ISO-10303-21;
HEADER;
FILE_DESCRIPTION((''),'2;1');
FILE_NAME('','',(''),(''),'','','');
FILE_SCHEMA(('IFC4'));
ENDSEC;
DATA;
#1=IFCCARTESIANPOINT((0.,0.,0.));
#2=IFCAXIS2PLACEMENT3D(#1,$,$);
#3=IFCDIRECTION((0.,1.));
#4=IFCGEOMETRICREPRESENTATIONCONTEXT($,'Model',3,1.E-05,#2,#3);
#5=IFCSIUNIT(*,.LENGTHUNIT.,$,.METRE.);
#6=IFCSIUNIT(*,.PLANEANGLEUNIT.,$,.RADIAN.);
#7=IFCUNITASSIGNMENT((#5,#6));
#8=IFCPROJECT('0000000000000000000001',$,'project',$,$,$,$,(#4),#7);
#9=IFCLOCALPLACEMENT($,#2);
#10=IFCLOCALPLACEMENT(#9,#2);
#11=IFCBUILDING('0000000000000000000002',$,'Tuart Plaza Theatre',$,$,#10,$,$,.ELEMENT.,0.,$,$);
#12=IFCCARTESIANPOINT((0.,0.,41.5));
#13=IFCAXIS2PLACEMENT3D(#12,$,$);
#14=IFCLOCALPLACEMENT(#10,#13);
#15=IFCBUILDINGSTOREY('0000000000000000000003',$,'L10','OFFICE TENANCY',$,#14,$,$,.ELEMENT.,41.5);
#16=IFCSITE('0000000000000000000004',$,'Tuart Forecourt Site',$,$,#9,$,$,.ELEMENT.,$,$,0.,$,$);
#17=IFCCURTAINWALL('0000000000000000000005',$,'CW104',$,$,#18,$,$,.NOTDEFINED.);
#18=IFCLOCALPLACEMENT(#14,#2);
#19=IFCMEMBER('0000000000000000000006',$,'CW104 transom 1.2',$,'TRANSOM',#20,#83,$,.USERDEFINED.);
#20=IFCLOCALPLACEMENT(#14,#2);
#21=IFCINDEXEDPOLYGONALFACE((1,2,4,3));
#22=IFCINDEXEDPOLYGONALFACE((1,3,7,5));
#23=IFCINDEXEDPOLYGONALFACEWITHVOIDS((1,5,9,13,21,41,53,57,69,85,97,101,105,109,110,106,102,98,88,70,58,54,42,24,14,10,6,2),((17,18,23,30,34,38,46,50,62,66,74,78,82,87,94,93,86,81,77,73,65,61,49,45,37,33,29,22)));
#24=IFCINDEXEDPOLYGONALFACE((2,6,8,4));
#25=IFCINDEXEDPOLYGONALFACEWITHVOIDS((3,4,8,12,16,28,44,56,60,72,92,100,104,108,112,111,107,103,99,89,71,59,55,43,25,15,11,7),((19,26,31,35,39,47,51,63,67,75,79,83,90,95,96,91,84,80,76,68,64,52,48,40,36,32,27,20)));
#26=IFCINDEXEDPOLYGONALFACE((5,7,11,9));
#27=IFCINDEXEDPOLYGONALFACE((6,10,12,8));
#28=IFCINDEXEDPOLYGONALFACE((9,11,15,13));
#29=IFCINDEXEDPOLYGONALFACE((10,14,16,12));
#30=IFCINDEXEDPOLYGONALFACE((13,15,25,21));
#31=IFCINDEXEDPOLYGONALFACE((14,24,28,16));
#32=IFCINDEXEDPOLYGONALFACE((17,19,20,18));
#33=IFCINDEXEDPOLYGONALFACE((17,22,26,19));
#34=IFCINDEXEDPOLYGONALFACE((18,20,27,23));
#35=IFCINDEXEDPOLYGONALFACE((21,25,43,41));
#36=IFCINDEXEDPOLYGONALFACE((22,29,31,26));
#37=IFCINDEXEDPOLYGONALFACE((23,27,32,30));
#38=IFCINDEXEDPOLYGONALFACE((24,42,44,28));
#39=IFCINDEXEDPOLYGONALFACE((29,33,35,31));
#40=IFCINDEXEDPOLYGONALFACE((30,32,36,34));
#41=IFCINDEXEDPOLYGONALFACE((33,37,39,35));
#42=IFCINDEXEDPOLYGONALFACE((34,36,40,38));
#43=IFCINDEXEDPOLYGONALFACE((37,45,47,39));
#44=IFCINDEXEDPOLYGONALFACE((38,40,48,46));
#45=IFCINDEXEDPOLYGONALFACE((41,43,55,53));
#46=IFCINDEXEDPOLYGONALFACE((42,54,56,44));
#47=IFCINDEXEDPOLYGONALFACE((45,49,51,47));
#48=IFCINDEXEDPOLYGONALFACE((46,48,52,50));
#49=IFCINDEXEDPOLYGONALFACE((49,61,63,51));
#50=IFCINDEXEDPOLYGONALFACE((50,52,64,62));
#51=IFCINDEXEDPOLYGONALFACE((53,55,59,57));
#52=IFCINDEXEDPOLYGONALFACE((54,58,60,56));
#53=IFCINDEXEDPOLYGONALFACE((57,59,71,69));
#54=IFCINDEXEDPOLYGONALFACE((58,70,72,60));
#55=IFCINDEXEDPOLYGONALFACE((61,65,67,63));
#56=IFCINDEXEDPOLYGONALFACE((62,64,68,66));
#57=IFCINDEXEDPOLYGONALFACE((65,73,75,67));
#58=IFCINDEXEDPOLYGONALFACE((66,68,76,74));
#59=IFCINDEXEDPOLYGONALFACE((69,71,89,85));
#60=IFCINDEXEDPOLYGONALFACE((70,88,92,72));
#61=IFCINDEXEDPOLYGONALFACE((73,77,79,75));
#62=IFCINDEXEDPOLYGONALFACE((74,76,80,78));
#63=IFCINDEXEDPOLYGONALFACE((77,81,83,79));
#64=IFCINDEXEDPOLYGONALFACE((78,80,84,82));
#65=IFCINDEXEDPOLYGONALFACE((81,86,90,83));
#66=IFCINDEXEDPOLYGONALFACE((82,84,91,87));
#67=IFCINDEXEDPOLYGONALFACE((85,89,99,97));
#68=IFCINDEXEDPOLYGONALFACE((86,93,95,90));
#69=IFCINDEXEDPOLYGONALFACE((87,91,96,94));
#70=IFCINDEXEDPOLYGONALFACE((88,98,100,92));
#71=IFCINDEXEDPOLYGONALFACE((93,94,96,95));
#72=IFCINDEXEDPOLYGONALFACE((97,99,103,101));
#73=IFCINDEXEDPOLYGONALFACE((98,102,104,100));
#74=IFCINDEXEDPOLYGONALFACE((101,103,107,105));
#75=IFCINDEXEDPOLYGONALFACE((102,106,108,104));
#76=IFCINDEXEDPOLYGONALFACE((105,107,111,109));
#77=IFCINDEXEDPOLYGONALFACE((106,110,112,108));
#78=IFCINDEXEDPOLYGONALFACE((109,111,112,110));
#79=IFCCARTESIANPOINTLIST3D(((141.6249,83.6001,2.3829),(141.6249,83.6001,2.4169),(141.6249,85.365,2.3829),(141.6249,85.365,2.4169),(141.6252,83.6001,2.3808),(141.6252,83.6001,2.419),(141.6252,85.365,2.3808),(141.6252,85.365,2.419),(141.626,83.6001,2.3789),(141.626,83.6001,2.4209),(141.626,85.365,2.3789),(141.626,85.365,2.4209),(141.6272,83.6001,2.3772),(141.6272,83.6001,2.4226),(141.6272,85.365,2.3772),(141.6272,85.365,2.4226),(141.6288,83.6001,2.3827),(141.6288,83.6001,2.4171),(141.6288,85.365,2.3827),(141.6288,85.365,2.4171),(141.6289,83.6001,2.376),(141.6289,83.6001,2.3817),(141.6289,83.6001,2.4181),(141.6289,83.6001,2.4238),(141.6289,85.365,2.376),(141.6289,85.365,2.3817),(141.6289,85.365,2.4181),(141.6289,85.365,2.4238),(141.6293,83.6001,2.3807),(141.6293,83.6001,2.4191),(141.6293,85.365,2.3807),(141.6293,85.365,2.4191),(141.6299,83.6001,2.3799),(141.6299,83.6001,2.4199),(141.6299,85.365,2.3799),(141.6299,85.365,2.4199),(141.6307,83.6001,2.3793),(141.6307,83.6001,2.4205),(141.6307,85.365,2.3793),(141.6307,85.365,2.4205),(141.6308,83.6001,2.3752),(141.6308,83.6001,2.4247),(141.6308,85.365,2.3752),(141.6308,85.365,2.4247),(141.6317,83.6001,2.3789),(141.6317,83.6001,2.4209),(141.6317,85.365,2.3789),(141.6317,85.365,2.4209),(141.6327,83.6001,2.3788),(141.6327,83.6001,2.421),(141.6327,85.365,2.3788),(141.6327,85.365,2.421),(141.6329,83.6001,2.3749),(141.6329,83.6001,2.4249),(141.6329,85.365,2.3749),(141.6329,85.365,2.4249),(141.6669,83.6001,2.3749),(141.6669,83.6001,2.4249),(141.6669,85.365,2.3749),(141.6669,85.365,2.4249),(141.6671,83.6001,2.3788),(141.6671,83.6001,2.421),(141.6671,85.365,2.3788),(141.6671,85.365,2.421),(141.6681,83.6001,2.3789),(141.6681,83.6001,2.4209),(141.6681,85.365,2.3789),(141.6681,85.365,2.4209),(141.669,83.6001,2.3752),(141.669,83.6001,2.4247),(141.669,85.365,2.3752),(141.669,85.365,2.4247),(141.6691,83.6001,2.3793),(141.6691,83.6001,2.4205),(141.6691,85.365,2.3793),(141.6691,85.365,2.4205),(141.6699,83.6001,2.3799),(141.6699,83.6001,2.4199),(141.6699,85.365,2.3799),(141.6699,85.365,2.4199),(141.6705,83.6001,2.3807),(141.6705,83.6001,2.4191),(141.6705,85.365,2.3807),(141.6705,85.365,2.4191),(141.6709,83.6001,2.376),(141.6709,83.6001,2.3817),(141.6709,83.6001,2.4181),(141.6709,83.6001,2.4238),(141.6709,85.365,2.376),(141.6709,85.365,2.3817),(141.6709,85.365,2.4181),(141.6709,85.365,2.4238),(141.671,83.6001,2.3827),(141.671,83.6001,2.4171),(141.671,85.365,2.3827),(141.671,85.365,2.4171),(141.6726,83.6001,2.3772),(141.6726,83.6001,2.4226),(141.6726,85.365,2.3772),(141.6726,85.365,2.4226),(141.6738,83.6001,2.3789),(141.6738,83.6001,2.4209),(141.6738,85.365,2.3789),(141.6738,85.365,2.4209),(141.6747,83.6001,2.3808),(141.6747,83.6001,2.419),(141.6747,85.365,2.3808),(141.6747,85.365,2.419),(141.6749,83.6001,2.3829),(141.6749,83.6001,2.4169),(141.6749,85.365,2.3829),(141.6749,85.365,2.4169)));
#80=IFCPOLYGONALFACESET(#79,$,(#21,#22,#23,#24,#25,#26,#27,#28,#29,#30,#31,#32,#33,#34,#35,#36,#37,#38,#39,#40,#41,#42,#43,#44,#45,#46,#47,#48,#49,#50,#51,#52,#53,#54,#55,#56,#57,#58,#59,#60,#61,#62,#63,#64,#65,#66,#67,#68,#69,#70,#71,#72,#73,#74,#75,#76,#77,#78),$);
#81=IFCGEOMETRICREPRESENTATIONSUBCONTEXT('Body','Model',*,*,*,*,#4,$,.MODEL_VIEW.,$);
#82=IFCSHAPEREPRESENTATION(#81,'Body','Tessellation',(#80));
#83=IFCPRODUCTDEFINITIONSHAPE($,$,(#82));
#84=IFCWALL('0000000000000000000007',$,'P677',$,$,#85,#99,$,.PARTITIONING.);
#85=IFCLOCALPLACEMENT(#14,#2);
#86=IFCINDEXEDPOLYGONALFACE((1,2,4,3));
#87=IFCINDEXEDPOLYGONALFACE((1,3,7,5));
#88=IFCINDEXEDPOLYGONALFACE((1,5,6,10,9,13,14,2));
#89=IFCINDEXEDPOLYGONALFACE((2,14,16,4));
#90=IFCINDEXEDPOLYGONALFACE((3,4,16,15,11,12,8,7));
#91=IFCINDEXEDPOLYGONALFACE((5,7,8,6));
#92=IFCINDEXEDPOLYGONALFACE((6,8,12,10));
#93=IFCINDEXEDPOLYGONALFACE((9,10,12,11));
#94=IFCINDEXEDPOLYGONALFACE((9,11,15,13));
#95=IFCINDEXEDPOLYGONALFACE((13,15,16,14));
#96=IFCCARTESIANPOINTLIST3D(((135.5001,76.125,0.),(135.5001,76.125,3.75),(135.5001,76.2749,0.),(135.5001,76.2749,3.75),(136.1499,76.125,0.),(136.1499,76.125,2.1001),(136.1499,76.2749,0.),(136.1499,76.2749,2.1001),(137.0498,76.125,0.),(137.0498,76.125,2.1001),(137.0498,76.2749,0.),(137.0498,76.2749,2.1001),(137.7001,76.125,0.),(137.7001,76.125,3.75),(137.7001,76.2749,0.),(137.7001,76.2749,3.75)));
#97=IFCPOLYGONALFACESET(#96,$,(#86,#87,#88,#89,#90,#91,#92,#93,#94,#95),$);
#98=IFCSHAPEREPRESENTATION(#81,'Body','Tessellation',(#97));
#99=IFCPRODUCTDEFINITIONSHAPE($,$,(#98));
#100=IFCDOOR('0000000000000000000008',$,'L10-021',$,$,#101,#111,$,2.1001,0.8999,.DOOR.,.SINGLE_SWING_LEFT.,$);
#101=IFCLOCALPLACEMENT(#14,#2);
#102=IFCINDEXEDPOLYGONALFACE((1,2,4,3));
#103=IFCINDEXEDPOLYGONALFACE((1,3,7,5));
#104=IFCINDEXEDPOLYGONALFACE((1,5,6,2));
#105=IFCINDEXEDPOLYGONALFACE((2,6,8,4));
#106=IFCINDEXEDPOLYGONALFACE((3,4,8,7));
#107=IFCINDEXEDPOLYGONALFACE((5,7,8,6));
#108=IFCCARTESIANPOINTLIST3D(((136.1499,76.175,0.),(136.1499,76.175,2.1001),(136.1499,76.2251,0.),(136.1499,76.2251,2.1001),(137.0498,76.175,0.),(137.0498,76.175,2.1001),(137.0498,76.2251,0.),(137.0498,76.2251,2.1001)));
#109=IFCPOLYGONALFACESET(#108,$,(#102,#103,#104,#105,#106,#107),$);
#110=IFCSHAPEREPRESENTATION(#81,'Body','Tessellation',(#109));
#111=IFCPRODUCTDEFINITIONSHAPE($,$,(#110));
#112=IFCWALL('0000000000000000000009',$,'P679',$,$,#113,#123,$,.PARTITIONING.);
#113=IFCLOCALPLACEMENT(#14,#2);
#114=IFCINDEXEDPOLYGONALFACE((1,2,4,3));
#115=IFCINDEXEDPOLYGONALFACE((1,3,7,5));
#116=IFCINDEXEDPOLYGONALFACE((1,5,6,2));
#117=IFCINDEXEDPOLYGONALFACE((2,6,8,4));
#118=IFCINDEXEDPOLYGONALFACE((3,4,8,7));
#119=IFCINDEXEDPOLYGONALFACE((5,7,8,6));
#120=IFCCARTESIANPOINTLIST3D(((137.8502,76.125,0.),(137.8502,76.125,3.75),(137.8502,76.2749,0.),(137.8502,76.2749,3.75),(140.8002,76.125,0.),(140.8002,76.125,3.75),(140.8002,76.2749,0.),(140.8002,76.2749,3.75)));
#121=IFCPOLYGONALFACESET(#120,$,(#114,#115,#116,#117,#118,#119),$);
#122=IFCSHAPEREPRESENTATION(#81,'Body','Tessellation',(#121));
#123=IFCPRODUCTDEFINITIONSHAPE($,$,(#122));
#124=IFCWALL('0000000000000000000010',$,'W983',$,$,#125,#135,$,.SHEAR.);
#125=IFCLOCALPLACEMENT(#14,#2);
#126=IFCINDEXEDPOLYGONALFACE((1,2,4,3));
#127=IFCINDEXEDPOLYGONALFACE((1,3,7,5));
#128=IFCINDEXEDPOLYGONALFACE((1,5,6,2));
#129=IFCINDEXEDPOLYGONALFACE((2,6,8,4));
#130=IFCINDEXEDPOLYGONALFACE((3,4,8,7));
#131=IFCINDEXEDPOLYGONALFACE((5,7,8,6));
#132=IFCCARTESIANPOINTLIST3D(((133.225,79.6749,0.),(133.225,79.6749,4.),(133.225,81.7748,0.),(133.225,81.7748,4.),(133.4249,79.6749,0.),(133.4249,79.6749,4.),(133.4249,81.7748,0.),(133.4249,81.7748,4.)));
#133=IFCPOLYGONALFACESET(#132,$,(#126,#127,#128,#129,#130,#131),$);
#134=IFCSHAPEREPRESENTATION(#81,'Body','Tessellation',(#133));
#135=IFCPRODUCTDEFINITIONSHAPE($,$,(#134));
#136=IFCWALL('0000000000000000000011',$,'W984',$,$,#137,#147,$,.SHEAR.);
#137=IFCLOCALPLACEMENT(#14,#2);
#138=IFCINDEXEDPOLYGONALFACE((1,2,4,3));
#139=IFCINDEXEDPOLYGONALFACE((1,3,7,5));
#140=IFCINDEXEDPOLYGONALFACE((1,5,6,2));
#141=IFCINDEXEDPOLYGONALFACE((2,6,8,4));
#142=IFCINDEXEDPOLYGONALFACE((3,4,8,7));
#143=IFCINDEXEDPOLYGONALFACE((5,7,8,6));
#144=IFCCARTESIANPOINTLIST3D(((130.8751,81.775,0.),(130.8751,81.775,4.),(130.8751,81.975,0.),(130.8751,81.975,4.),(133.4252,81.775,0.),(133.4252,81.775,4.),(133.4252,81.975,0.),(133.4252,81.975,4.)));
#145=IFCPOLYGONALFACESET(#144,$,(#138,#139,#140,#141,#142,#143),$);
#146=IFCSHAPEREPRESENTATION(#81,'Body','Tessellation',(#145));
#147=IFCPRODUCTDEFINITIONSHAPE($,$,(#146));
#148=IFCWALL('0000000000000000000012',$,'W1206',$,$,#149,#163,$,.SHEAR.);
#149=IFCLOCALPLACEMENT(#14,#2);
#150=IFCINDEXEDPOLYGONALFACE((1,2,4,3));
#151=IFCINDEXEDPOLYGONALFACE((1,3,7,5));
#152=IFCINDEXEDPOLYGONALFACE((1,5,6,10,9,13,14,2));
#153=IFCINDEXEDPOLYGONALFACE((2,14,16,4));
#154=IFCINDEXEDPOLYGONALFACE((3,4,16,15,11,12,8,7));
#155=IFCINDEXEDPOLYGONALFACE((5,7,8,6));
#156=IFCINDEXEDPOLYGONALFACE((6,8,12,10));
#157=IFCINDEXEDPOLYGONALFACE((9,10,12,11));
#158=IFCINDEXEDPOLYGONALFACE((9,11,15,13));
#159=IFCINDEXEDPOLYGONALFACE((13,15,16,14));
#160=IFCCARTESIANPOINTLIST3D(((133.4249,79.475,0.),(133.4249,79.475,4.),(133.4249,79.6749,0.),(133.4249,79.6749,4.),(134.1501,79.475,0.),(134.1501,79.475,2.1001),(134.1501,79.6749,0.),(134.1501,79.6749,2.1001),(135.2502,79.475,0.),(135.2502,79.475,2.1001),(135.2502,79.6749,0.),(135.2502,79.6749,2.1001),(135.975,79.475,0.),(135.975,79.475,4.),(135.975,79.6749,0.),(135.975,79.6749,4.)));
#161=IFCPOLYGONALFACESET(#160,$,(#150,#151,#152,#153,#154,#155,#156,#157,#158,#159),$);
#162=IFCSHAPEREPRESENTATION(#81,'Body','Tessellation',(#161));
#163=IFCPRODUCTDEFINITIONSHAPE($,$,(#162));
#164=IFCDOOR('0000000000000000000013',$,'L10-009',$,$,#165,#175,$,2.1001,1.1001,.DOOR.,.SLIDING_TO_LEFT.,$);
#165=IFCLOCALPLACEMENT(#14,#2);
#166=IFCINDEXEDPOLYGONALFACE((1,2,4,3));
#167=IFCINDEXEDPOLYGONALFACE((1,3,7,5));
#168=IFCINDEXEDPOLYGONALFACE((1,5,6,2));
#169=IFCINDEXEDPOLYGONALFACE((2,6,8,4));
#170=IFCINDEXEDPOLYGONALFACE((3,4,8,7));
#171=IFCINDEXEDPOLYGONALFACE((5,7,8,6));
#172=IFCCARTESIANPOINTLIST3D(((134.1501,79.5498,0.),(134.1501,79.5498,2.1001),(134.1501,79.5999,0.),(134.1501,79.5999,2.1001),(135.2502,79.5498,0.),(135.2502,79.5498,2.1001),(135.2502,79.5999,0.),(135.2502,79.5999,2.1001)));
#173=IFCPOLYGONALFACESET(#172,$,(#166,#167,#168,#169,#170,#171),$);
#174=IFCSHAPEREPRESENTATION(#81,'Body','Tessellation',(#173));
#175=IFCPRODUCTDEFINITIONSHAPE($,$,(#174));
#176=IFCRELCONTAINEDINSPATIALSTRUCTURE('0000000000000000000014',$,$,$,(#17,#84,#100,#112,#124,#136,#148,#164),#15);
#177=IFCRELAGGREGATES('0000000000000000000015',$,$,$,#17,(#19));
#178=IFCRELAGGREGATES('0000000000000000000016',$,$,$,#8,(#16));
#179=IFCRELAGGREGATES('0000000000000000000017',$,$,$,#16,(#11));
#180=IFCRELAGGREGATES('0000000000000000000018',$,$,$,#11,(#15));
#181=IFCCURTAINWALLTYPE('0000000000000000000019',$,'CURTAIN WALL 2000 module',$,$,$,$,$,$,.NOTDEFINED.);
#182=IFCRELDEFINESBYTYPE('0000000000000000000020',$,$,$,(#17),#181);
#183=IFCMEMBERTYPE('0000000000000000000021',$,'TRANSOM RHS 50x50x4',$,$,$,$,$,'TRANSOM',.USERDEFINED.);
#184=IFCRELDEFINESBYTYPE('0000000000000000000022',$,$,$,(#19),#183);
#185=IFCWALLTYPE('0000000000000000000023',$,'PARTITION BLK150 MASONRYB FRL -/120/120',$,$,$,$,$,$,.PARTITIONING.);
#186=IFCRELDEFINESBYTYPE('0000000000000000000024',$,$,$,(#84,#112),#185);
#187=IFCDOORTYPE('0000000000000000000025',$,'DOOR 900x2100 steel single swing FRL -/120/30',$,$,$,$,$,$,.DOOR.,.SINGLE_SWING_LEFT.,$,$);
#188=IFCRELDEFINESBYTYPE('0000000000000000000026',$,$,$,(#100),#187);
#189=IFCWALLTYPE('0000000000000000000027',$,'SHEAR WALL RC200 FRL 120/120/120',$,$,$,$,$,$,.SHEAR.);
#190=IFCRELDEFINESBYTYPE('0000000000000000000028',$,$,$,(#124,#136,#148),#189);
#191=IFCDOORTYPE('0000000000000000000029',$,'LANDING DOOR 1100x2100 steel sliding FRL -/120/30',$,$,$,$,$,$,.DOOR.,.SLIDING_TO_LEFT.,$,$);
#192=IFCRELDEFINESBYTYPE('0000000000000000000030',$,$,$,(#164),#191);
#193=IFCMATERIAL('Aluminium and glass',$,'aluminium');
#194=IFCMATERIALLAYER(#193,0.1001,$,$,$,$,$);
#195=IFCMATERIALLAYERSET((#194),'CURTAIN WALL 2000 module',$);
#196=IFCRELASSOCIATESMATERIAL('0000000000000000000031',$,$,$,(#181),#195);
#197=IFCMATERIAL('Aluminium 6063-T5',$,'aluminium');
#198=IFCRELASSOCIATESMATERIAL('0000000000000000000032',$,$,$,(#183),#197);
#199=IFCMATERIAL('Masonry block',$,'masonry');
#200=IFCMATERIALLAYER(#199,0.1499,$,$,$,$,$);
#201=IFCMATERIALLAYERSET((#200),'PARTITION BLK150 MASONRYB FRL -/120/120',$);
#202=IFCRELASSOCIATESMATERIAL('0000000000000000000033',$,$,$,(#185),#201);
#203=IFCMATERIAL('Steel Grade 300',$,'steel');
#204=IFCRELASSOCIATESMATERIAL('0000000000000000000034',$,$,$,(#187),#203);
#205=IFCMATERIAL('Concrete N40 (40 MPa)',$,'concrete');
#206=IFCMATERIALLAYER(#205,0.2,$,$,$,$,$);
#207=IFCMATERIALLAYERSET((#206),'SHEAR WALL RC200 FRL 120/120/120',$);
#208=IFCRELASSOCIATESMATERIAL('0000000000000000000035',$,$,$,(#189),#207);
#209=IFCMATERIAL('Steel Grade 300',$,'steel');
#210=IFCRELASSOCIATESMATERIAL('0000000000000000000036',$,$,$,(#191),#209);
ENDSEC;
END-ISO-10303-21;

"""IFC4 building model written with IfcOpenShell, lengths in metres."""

from ifc_helpers import new_model, si_unit, direction, frame, frame_2d, origin, origin_2d, place, context, subcontext, project, spatial, rectangle, hollow_rectangle, extrude, material, layer, layer_set, material_profile, profile_set, type_object, element, fill, aggregate, save


model = new_model("IFC4")

# Units and contexts
model_context = context("Model", 3, precision=1e-05, world=origin(), true_north=direction((0.0, 1.0)))
body_context = subcontext(model_context, "Body", "Model", "MODEL_VIEW")
ifc_project = project(units=[si_unit("LENGTHUNIT", "METRE"), si_unit("PLANEANGLEUNIT", "RADIAN")], contexts=[model_context])

# Site, building, storey
site_placement = place(None, origin())
site = spatial("IfcSite", under=ifc_project, at=site_placement, Name="Tuart Forecourt Site", CompositionType="ELEMENT", RefElevation=0.0)
building_placement = place(site_placement, origin())
building = spatial("IfcBuilding", under=site, at=building_placement, Name="Tuart Plaza Theatre", CompositionType="ELEMENT", ElevationOfRefHeight=0.0)
storey_placement = place(building_placement, frame((0.0, 0.0, 41.5)))
storey = spatial("IfcBuildingStorey", under=building, at=storey_placement, Name="L10", Description="OFFICE TENANCY", CompositionType="ELEMENT", Elevation=41.5)

# Curtain wall, member
ifc_material_1 = material(Name="Aluminium and glass", Category="aluminium")
ifc_layer_1 = layer(ifc_material_1, 0.1001)
ifc_layer_set_1 = layer_set([ifc_layer_1], Name="CURTAIN WALL 2000 module")
curtain_wall_type = type_object("IfcCurtainWallType", Name="CURTAIN WALL 2000 module", PredefinedType="NOTDEFINED", material=ifc_layer_set_1)
curtain_wall_placement = place(storey_placement, origin())
curtain_wall = element("IfcCurtainWall", 1, at=curtain_wall_placement, inside=storey, type_object=curtain_wall_type, Name="CW104", PredefinedType="NOTDEFINED")
ifc_material_2 = material(Name="Aluminium 6063-T5", Category="aluminium")
ifc_material_profile_1 = material_profile(ifc_material_2, hollow_rectangle(XDim=0.05, YDim=0.05, WallThickness=0.0039, InnerFilletRadius=0.0039, OuterFilletRadius=0.0081, at=origin_2d()), Name="RHS 50x50x4")
ifc_profile_set_1 = profile_set([ifc_material_profile_1], Name="Aluminium 6063-T5")
member_type_1 = type_object("IfcMemberType", Name="TRANSOM RHS 50x50x4", ElementType="TRANSOM", PredefinedType="USERDEFINED", material=ifc_profile_set_1)
member_1_placement = place(storey_placement, frame((141.6499, 83.6001, 2.3999), z_axis=(0.0, 1.0, 0.0), x_axis=(-1.0, 0.0, 0.0)))
member_1 = element("IfcMember", 2, at=member_1_placement, type_object=member_type_1, Name="CW104 transom 1.2", ObjectType="TRANSOM", PredefinedType="USERDEFINED", context=body_context, shape_type="SweptSolid", body=[
    extrude(hollow_rectangle(XDim=0.05, YDim=0.05, WallThickness=0.0039, InnerFilletRadius=0.0039, OuterFilletRadius=0.0081, at=origin_2d()), origin(), (0.0, 0.0, 1.0), 1.7649),
])
aggregate(curtain_wall, [member_1])

# Wall, opening, door
ifc_material_3 = material(Name="Masonry block", Category="masonry")
ifc_layer_2 = layer(ifc_material_3, 0.1499)
ifc_layer_set_2 = layer_set([ifc_layer_2], Name="PARTITION BLK150 MASONRYB FRL -/120/120")
wall_type_1 = type_object("IfcWallType", Name="PARTITION BLK150 MASONRYB FRL -/120/120", PredefinedType="PARTITIONING", material=ifc_layer_set_2)
wall_1_placement = place(storey_placement, frame((135.5, 76.2, 0.0), z_axis=(0.0, 0.0, 1.0), x_axis=(1.0, 0.0, 0.0)))
wall_1 = element("IfcWall", 3, at=wall_1_placement, inside=storey, type_object=wall_type_1, Name="P677", PredefinedType="PARTITIONING", context=body_context, shape_type="SweptSolid", body=[
    extrude(rectangle(XDim=2.2, YDim=0.1499, at=frame_2d((1.1001, 0.0))), origin(), (0.0, 0.0, 1.0), 3.75),
])
opening_1_placement = place(wall_1_placement, frame((0.6499, 0.0, 0.0)))
opening_1 = element("IfcOpeningElement", 4, at=opening_1_placement, cuts=wall_1, PredefinedType="OPENING", context=body_context, shape_type="SweptSolid", body=[
    extrude(rectangle(XDim=0.8999, YDim=2.1001, at=frame_2d((0.45, 1.05))), frame((0.0, 0.085, 0.0), z_axis=(0.0, -1.0, 0.0), x_axis=(1.0, 0.0, 0.0)), (0.0, 0.0, 1.0), 0.1699),
])
ifc_material_4 = material(Name="Steel Grade 300", Category="steel")
door_type_1 = type_object("IfcDoorType", Name="DOOR 900x2100 steel single swing FRL -/120/30", OperationType="SINGLE_SWING_LEFT", PredefinedType="DOOR", material=ifc_material_4)
door_1_placement = place(opening_1_placement, frame((0.8999, 0.0, 0.0), z_axis=(0.0, 0.0, 1.0), x_axis=(-1.0, 0.0, 0.0)))
door_1 = element("IfcDoor", 5, at=door_1_placement, inside=storey, type_object=door_type_1, Name="L10-021", OperationType="SINGLE_SWING_LEFT", OverallHeight=2.1001, OverallWidth=0.8999, PredefinedType="DOOR", context=body_context, shape_type="SweptSolid", body=[
    extrude(rectangle(XDim=0.8999, YDim=2.1001, at=frame_2d((0.45, 1.05))), frame((0.0, 0.0249, 0.0), z_axis=(0.0, -1.0, 0.0), x_axis=(1.0, 0.0, 0.0)), (0.0, 0.0, 1.0), 0.05),
])
fill(opening_1, door_1)

# Walls
wall_2_placement = place(storey_placement, frame((137.8501, 76.2, 0.0), z_axis=(0.0, 0.0, 1.0), x_axis=(1.0, 0.0, 0.0)))
element("IfcWall", 6, at=wall_2_placement, inside=storey, type_object=wall_type_1, Name="P679", PredefinedType="PARTITIONING", context=body_context, shape_type="SweptSolid", body=[
    extrude(rectangle(XDim=2.95, YDim=0.1499, at=frame_2d((1.4751, 0.0))), origin(), (0.0, 0.0, 1.0), 3.75),
])
ifc_material_5 = material(Name="Concrete N40 (40 MPa)", Category="concrete")
ifc_layer_3 = layer(ifc_material_5, 0.2)
ifc_layer_set_3 = layer_set([ifc_layer_3], Name="SHEAR WALL RC200 FRL 120/120/120")
wall_type_2 = type_object("IfcWallType", Name="SHEAR WALL RC200 FRL 120/120/120", PredefinedType="SHEAR", material=ifc_layer_set_3)
wall_3_placement = place(storey_placement, frame((133.325, 79.675, 0.0), z_axis=(0.0, 0.0, 1.0), x_axis=(0.0, 1.0, 0.0)))
element("IfcWall", 7, at=wall_3_placement, inside=storey, type_object=wall_type_2, Name="W983", PredefinedType="SHEAR", context=body_context, shape_type="SweptSolid", body=[
    extrude(rectangle(XDim=2.0999, YDim=0.2, at=frame_2d((1.0498, 0.0))), origin(), (0.0, 0.0, 1.0), 4.0),
])
wall_4_placement = place(storey_placement, frame((133.425, 81.875, 0.0), z_axis=(0.0, 0.0, 1.0), x_axis=(-1.0, 0.0, 0.0)))
element("IfcWall", 8, at=wall_4_placement, inside=storey, type_object=wall_type_2, Name="W984", PredefinedType="SHEAR", context=body_context, shape_type="SweptSolid", body=[
    extrude(rectangle(XDim=2.55, YDim=0.2, at=frame_2d((1.2749, 0.0))), origin(), (0.0, 0.0, 1.0), 4.0),
])

# Wall, opening, door
wall_5_placement = place(storey_placement, frame((133.425, 79.575, 0.0), z_axis=(0.0, 0.0, 1.0), x_axis=(1.0, 0.0, 0.0)))
wall_5 = element("IfcWall", 9, at=wall_5_placement, inside=storey, type_object=wall_type_2, Name="W1206", PredefinedType="SHEAR", context=body_context, shape_type="SweptSolid", body=[
    extrude(rectangle(XDim=2.55, YDim=0.2, at=frame_2d((1.2749, 0.0))), origin(), (0.0, 0.0, 1.0), 4.0),
])
opening_2_placement = place(wall_5_placement, frame((0.7251, 0.0, 0.0)))
opening_2 = element("IfcOpeningElement", 10, at=opening_2_placement, cuts=wall_5, PredefinedType="OPENING", context=body_context, shape_type="SweptSolid", body=[
    extrude(rectangle(XDim=1.1001, YDim=2.1001, at=frame_2d((0.55, 1.05))), frame((0.0, 0.1099, 0.0), z_axis=(0.0, -1.0, 0.0), x_axis=(1.0, 0.0, 0.0)), (0.0, 0.0, 1.0), 0.22),
])
ifc_material_6 = material(Name="Steel Grade 300", Category="steel")
door_type_2 = type_object("IfcDoorType", Name="LANDING DOOR 1100x2100 steel sliding FRL -/120/30", OperationType="SLIDING_TO_LEFT", PredefinedType="DOOR", material=ifc_material_6)
door_2_placement = place(opening_2_placement, origin())
door_2 = element("IfcDoor", 11, at=door_2_placement, inside=storey, type_object=door_type_2, Name="L10-009", OperationType="SLIDING_TO_LEFT", OverallHeight=2.1001, OverallWidth=1.1001, PredefinedType="DOOR", context=body_context, shape_type="SweptSolid", body=[
    extrude(rectangle(XDim=1.1001, YDim=2.1001, at=frame_2d((0.55, 1.05))), frame((0.0, 0.0249, 0.0), z_axis=(0.0, -1.0, 0.0), x_axis=(1.0, 0.0, 0.0)), (0.0, 0.0, 1.0), 0.05),
])
fill(opening_2, door_2)

save(model, "model.ifc")
